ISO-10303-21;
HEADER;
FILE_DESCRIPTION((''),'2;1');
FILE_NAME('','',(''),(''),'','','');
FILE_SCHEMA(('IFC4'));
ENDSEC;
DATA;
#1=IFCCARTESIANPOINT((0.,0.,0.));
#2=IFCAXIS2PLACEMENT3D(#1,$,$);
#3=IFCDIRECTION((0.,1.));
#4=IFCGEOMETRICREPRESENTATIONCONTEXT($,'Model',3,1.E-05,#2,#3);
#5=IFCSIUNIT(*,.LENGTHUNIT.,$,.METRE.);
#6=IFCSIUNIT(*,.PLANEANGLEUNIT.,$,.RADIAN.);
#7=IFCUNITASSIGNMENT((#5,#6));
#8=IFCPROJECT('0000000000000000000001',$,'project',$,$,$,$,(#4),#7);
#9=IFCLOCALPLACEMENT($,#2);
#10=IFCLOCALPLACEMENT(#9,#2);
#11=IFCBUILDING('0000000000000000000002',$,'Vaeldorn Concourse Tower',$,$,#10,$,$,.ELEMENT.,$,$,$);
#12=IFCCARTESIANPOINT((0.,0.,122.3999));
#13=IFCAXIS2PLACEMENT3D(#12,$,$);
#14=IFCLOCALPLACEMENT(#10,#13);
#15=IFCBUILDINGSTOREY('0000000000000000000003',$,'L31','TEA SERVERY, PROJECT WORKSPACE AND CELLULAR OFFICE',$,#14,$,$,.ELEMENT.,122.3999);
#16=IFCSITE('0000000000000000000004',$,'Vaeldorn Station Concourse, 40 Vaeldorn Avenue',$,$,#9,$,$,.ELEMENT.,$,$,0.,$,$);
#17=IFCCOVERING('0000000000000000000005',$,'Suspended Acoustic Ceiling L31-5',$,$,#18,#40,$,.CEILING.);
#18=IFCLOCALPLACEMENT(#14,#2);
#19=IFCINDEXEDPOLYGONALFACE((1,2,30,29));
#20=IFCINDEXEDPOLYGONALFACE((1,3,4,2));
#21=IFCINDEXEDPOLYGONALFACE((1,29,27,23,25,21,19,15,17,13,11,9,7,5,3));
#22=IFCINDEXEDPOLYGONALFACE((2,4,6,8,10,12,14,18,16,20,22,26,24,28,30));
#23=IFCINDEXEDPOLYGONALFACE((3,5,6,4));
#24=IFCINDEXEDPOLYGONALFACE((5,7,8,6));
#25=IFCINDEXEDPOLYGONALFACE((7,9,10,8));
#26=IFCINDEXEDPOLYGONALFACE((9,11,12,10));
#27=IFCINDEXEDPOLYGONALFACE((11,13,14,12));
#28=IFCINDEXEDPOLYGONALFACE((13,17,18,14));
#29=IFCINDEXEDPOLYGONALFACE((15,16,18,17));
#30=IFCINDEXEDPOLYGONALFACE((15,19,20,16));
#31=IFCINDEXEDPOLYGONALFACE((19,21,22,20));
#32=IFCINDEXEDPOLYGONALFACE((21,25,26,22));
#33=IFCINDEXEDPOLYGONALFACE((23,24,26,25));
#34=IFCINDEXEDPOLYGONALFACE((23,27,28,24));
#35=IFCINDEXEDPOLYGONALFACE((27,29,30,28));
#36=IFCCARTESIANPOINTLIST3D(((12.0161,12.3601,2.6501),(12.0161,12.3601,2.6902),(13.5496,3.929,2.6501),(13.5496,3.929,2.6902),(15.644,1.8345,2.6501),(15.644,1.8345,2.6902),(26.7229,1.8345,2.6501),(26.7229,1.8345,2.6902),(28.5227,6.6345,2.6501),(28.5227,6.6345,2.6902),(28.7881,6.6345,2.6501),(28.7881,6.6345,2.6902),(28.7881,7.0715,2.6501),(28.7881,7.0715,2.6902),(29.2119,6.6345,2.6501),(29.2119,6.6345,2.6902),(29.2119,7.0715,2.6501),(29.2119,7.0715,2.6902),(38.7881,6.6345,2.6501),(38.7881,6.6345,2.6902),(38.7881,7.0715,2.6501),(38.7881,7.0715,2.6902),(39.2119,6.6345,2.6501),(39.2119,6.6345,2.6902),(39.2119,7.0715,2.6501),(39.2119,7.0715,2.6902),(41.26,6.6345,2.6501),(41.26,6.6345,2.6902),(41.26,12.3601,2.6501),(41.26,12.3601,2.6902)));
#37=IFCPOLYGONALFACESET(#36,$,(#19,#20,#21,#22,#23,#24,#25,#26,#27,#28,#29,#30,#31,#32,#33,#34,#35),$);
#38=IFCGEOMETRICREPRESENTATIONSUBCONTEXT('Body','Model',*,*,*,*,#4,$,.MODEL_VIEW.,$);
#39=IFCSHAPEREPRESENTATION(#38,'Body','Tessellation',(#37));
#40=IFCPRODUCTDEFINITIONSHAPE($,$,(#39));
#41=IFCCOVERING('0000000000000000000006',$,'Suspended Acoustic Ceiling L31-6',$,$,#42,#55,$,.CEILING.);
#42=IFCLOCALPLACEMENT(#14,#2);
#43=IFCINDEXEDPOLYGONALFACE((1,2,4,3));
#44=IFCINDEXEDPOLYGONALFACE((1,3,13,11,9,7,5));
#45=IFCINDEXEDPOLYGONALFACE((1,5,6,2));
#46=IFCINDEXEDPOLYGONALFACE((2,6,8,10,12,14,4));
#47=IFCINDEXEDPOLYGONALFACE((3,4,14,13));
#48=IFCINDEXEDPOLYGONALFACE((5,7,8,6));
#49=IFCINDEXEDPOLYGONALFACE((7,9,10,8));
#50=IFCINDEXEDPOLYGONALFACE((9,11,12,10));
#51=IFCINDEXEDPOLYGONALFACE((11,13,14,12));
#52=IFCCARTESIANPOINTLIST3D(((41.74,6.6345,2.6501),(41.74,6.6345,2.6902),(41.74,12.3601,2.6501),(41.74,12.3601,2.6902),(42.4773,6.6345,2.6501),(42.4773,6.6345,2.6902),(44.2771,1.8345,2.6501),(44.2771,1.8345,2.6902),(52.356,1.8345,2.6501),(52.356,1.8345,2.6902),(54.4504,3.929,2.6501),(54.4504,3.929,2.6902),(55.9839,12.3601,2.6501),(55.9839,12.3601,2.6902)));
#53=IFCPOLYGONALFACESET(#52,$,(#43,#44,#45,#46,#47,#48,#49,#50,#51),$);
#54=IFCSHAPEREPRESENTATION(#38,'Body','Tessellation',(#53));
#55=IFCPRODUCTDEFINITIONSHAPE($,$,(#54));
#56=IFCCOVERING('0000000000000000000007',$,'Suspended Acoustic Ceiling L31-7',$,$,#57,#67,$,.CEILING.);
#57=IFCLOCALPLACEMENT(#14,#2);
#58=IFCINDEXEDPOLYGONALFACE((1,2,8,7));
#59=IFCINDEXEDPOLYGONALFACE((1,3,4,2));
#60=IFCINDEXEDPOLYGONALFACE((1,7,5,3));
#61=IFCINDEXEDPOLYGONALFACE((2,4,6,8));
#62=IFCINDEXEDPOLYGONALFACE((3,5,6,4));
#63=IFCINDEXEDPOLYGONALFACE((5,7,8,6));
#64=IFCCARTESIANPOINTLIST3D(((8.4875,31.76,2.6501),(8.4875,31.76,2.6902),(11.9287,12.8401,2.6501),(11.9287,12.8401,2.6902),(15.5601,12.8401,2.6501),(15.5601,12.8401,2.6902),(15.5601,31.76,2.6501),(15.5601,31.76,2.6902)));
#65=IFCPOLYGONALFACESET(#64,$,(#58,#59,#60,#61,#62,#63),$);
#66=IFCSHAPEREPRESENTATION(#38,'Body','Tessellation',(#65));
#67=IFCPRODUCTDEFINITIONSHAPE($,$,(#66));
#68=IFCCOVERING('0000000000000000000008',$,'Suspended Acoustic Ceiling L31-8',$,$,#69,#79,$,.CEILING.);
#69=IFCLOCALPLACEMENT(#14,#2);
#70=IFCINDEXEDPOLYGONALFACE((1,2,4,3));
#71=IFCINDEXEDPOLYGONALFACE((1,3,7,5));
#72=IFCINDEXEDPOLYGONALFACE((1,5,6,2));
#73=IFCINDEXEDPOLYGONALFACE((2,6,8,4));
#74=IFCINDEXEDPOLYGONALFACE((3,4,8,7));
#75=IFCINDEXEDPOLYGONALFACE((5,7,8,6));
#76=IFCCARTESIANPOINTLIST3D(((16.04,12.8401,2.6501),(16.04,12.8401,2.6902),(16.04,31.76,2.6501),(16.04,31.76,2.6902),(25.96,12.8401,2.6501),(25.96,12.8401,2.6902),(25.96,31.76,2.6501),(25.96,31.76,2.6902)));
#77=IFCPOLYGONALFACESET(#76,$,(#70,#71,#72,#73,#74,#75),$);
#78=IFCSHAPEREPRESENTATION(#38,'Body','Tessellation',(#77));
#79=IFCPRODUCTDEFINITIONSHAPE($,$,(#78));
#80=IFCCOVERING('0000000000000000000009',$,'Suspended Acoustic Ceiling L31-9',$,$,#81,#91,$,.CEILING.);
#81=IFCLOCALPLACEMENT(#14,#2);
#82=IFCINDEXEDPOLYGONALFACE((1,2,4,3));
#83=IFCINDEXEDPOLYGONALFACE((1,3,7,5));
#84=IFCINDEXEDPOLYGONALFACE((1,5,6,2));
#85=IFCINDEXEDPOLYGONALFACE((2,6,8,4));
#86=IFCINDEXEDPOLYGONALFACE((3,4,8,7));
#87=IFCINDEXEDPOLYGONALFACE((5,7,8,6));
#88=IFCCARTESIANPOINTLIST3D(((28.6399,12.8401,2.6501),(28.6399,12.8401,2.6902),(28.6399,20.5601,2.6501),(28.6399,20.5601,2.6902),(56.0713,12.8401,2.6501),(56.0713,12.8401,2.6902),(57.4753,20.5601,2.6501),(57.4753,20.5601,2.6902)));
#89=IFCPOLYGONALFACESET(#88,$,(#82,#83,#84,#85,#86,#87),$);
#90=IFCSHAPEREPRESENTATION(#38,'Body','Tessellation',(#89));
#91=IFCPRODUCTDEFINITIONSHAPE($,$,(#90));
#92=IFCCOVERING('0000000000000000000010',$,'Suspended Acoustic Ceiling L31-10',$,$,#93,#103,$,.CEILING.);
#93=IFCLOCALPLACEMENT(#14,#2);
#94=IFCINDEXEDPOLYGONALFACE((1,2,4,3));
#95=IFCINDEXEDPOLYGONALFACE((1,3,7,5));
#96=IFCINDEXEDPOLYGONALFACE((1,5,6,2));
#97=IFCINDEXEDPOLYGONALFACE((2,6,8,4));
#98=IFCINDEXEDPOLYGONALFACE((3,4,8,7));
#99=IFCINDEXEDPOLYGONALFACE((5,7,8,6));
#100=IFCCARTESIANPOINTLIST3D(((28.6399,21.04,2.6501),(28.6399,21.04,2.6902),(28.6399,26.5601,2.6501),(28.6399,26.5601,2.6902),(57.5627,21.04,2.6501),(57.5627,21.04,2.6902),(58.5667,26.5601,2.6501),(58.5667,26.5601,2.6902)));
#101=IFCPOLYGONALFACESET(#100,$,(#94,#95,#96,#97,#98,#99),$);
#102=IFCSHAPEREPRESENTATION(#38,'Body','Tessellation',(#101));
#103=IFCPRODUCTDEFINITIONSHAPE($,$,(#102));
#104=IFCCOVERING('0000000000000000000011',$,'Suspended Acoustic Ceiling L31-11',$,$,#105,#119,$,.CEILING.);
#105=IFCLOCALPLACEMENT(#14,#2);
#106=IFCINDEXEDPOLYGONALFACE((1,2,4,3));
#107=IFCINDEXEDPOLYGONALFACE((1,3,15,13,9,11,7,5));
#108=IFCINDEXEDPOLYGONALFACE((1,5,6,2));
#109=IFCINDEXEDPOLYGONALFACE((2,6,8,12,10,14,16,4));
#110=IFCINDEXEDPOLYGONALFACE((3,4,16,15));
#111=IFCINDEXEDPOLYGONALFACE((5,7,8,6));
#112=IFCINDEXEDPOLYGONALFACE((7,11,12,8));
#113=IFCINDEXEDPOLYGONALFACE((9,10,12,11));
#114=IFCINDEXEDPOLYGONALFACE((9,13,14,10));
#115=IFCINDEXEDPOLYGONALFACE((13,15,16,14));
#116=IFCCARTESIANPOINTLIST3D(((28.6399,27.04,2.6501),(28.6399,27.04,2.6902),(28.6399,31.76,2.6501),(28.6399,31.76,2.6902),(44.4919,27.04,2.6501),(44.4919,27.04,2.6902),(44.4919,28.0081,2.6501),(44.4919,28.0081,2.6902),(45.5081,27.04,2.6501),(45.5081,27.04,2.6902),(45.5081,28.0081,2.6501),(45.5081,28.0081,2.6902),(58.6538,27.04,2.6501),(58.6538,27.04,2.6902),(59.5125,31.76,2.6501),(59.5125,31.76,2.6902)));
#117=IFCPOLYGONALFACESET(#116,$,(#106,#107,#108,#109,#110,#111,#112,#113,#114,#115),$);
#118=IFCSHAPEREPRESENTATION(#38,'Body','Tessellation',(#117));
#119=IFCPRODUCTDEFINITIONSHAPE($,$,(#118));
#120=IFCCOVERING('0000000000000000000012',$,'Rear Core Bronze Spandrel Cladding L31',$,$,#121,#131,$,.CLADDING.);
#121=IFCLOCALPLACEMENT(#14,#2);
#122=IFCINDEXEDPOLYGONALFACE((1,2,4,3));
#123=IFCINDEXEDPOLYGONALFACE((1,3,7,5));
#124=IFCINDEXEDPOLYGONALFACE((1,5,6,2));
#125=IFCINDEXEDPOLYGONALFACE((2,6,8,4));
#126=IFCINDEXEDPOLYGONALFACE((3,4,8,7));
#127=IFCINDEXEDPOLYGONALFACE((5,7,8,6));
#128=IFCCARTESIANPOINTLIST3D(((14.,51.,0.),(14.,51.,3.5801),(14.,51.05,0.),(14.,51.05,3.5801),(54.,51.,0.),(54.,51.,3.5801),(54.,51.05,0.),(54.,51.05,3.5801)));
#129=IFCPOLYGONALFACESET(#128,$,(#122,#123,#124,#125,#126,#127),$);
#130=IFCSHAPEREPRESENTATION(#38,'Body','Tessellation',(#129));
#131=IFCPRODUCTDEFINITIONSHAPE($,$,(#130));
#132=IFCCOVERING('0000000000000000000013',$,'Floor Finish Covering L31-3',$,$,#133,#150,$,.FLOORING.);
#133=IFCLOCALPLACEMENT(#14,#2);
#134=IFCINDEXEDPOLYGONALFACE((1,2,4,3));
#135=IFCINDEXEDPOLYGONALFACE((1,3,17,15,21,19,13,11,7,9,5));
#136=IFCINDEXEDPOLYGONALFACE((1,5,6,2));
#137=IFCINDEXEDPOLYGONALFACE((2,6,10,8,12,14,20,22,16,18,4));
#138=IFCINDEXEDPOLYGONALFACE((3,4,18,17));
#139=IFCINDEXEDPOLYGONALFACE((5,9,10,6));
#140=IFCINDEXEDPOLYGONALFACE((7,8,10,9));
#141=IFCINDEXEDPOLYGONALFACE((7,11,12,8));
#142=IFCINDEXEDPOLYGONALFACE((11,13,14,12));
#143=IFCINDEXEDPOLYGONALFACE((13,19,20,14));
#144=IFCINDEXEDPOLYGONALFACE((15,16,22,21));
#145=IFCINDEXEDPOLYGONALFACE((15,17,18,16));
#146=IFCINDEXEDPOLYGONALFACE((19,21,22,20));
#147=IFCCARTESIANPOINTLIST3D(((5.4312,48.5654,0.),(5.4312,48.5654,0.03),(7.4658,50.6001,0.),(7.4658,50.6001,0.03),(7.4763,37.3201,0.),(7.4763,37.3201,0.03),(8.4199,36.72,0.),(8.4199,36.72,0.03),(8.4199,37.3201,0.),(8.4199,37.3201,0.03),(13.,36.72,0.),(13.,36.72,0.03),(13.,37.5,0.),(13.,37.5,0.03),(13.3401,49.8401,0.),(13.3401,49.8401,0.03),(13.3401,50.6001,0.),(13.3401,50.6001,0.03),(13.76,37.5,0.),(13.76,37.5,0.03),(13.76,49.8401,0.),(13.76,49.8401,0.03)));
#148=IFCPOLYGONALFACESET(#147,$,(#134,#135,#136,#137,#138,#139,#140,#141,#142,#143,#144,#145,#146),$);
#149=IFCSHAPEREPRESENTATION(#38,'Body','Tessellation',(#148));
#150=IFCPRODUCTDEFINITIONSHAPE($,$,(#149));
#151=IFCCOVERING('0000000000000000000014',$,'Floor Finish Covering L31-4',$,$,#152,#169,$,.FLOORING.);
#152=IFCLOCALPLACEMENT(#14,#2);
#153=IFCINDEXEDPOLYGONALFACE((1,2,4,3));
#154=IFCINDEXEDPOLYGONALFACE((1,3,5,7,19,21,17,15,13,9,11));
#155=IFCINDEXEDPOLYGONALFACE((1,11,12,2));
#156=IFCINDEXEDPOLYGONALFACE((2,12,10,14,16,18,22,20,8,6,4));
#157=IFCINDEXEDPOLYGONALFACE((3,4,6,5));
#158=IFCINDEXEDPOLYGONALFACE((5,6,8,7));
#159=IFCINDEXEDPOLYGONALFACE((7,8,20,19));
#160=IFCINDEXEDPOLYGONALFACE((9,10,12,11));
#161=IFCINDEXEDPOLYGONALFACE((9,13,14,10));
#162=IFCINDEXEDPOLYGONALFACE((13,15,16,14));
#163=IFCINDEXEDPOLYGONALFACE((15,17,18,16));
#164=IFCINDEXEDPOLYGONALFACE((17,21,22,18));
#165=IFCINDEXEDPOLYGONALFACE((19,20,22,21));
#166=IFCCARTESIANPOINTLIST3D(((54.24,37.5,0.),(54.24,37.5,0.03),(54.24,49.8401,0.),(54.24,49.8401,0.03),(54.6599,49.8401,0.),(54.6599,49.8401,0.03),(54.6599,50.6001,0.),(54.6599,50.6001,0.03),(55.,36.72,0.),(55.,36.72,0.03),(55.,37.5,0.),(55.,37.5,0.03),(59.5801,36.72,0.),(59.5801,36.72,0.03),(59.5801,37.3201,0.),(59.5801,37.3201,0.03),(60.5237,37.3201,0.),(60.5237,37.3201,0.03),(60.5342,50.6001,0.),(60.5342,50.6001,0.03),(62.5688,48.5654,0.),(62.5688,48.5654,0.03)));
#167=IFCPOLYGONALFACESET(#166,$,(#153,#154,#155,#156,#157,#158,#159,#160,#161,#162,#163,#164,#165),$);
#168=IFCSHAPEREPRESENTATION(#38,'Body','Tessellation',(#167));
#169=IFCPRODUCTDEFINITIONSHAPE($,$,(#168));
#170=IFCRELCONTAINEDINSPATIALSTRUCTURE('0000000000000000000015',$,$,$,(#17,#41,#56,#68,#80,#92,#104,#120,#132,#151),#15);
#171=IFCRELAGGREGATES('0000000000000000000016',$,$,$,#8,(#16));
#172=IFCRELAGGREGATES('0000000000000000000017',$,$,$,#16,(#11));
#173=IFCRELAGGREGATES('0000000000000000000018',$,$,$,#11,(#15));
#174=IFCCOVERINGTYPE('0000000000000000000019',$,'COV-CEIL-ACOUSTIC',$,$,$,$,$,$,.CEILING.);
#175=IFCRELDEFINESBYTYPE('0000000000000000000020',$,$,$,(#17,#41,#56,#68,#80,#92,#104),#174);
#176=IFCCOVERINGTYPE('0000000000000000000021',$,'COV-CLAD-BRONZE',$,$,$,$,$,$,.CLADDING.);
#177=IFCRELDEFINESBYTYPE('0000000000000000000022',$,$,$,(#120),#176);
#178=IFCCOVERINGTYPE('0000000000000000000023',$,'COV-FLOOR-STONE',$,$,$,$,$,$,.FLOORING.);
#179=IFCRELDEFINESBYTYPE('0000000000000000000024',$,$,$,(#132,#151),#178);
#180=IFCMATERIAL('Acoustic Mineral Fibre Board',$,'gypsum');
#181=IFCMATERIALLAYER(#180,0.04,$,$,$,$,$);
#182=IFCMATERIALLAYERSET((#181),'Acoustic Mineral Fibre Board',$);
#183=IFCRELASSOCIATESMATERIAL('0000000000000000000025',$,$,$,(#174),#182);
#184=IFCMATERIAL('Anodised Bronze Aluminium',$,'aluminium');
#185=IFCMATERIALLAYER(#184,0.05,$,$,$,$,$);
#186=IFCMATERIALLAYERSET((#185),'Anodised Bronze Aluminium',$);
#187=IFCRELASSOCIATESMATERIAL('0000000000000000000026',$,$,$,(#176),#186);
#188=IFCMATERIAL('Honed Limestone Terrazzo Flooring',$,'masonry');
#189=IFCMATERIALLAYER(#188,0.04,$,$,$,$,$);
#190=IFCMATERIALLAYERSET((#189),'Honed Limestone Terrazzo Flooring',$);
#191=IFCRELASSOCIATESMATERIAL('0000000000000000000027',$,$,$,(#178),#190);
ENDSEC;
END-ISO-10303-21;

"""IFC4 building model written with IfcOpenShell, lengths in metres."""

from ifc_helpers import new_model, si_unit, direction, frame, origin, place, context, subcontext, project, spatial, polyline, outline, extrude, material, layer, layer_set, type_object, element, save


model = new_model("IFC4")

# Units and contexts
model_context = context("Model", 3, precision=1e-05, world=origin(), true_north=direction((0.0, 1.0)))
body_context = subcontext(model_context, "Body", "Model", "MODEL_VIEW")
ifc_project = project(units=[si_unit("LENGTHUNIT", "METRE"), si_unit("PLANEANGLEUNIT", "RADIAN")], contexts=[model_context])

# Site, building, storey
site_placement = place(None, origin())
site = spatial("IfcSite", under=ifc_project, at=site_placement, Name="Vaeldorn Station Concourse, 40 Vaeldorn Avenue", CompositionType="ELEMENT", RefElevation=0.0)
building_placement = place(site_placement, origin())
building = spatial("IfcBuilding", under=site, at=building_placement, Name="Vaeldorn Concourse Tower", CompositionType="ELEMENT")
storey_placement = place(building_placement, frame((0.0, 0.0, 122.3999)))
storey = spatial("IfcBuildingStorey", under=building, at=storey_placement, Name="L31", Description="TEA SERVERY, PROJECT WORKSPACE AND CELLULAR OFFICE", CompositionType="ELEMENT", Elevation=122.3999)

# Shared definitions
ifc_material_1 = material(Name="Anodised Bronze Aluminium", Category="aluminium")

# Coverings
ifc_material_2 = material(Name="Acoustic Mineral Fibre Board", Category="gypsum")
ifc_layer_1 = layer(ifc_material_2, 0.04)
ifc_layer_set_1 = layer_set([ifc_layer_1], Name="Acoustic Mineral Fibre Board")
covering_type_1 = type_object("IfcCoveringType", Name="COV-CEIL-ACOUSTIC", PredefinedType="CEILING", material=ifc_layer_set_1)
covering_1_placement = place(storey_placement, frame((0.0, 0.0, 2.6501)))
element("IfcCovering", 1, at=covering_1_placement, inside=storey, type_object=covering_type_1, Name="Suspended Acoustic Ceiling L31-5", PredefinedType="CEILING", context=body_context, shape_type="SweptSolid", body=[
    extrude(outline(polyline([(41.26, 12.3601), (41.26, 6.6345), (39.2119, 6.6345), (39.2119, 7.0715), (38.7881, 7.0715), (38.7881, 6.6345), (29.2119, 6.6345), (29.2119, 7.0715), (28.7881, 7.0715), (28.7881, 6.6345), (28.5227, 6.6345), (26.7229, 1.8345), (15.644, 1.8345), (13.5496, 3.929), (12.0161, 12.3601), (41.26, 12.3601)])), origin(), (0.0, 0.0, 1.0), 0.04),
])
covering_2_placement = place(storey_placement, frame((0.0, 0.0, 2.6501)))
element("IfcCovering", 2, at=covering_2_placement, inside=storey, type_object=covering_type_1, Name="Suspended Acoustic Ceiling L31-6", PredefinedType="CEILING", context=body_context, shape_type="SweptSolid", body=[
    extrude(outline(polyline([(41.74, 6.6345), (41.74, 12.3601), (55.9839, 12.3601), (54.4504, 3.929), (52.356, 1.8345), (44.2771, 1.8345), (42.4773, 6.6345), (41.74, 6.6345)])), origin(), (0.0, 0.0, 1.0), 0.04),
])
covering_3_placement = place(storey_placement, frame((0.0, 0.0, 2.6501)))
element("IfcCovering", 3, at=covering_3_placement, inside=storey, type_object=covering_type_1, Name="Suspended Acoustic Ceiling L31-7", PredefinedType="CEILING", context=body_context, shape_type="SweptSolid", body=[
    extrude(outline(polyline([(15.5601, 31.76), (15.5601, 12.8401), (11.9287, 12.8401), (8.4875, 31.76), (15.5601, 31.76)])), origin(), (0.0, 0.0, 1.0), 0.04),
])
covering_4_placement = place(storey_placement, frame((0.0, 0.0, 2.6501)))
element("IfcCovering", 4, at=covering_4_placement, inside=storey, type_object=covering_type_1, Name="Suspended Acoustic Ceiling L31-8", PredefinedType="CEILING", context=body_context, shape_type="SweptSolid", body=[
    extrude(outline(polyline([(16.04, 31.76), (25.96, 31.76), (25.96, 12.8401), (16.04, 12.8401), (16.04, 31.76)])), origin(), (0.0, 0.0, 1.0), 0.04),
])
covering_5_placement = place(storey_placement, frame((0.0, 0.0, 2.6501)))
element("IfcCovering", 5, at=covering_5_placement, inside=storey, type_object=covering_type_1, Name="Suspended Acoustic Ceiling L31-9", PredefinedType="CEILING", context=body_context, shape_type="SweptSolid", body=[
    extrude(outline(polyline([(28.6399, 12.8401), (28.6399, 20.5601), (57.4753, 20.5601), (56.0713, 12.8401), (28.6399, 12.8401)])), origin(), (0.0, 0.0, 1.0), 0.04),
])
covering_6_placement = place(storey_placement, frame((0.0, 0.0, 2.6501)))
element("IfcCovering", 6, at=covering_6_placement, inside=storey, type_object=covering_type_1, Name="Suspended Acoustic Ceiling L31-10", PredefinedType="CEILING", context=body_context, shape_type="SweptSolid", body=[
    extrude(outline(polyline([(28.6399, 21.04), (28.6399, 26.5601), (58.5667, 26.5601), (57.5627, 21.04), (28.6399, 21.04)])), origin(), (0.0, 0.0, 1.0), 0.04),
])
covering_7_placement = place(storey_placement, frame((0.0, 0.0, 2.6501)))
element("IfcCovering", 7, at=covering_7_placement, inside=storey, type_object=covering_type_1, Name="Suspended Acoustic Ceiling L31-11", PredefinedType="CEILING", context=body_context, shape_type="SweptSolid", body=[
    extrude(outline(polyline([(28.6399, 31.76), (59.5125, 31.76), (58.6538, 27.04), (45.5081, 27.04), (45.5081, 28.0081), (44.4919, 28.0081), (44.4919, 27.04), (28.6399, 27.04), (28.6399, 31.76)])), origin(), (0.0, 0.0, 1.0), 0.04),
])
ifc_layer_2 = layer(ifc_material_1, 0.05)
ifc_layer_set_2 = layer_set([ifc_layer_2], Name="Anodised Bronze Aluminium")
covering_type_2 = type_object("IfcCoveringType", Name="COV-CLAD-BRONZE", PredefinedType="CLADDING", material=ifc_layer_set_2)
covering_8_placement = place(storey_placement, origin())
element("IfcCovering", 8, at=covering_8_placement, inside=storey, type_object=covering_type_2, Name="Rear Core Bronze Spandrel Cladding L31", PredefinedType="CLADDING", context=body_context, shape_type="SweptSolid", body=[
    extrude(outline(polyline([(14.0, 51.0), (54.0, 51.0), (54.0, 51.05), (14.0, 51.05), (14.0, 51.0)])), origin(), (0.0, 0.0, 1.0), 3.5801),
])
ifc_material_3 = material(Name="Honed Limestone Terrazzo Flooring", Category="masonry")
ifc_layer_3 = layer(ifc_material_3, 0.04)
ifc_layer_set_3 = layer_set([ifc_layer_3], Name="Honed Limestone Terrazzo Flooring")
covering_type_3 = type_object("IfcCoveringType", Name="COV-FLOOR-STONE", PredefinedType="FLOORING", material=ifc_layer_set_3)
covering_9_placement = place(storey_placement, origin())
element("IfcCovering", 9, at=covering_9_placement, inside=storey, type_object=covering_type_3, Name="Floor Finish Covering L31-3", PredefinedType="FLOORING", context=body_context, shape_type="SweptSolid", body=[
    extrude(outline(polyline([(7.4658, 50.6001), (13.3401, 50.6001), (13.3401, 49.8401), (13.76, 49.8401), (13.76, 37.5), (13.0, 37.5), (13.0, 36.72), (8.4199, 36.72), (8.4199, 37.3201), (7.4763, 37.3201), (5.4312, 48.5654), (7.4658, 50.6001)])), origin(), (0.0, 0.0, 1.0), 0.03),
])
covering_10_placement = place(storey_placement, origin())
element("IfcCovering", 10, at=covering_10_placement, inside=storey, type_object=covering_type_3, Name="Floor Finish Covering L31-4", PredefinedType="FLOORING", context=body_context, shape_type="SweptSolid", body=[
    extrude(outline(polyline([(54.6599, 49.8401), (54.6599, 50.6001), (60.5342, 50.6001), (62.5688, 48.5654), (60.5237, 37.3201), (59.5801, 37.3201), (59.5801, 36.72), (55.0, 36.72), (55.0, 37.5), (54.24, 37.5), (54.24, 49.8401), (54.6599, 49.8401)])), origin(), (0.0, 0.0, 1.0), 0.03),
])

save(model, "model.ifc")
